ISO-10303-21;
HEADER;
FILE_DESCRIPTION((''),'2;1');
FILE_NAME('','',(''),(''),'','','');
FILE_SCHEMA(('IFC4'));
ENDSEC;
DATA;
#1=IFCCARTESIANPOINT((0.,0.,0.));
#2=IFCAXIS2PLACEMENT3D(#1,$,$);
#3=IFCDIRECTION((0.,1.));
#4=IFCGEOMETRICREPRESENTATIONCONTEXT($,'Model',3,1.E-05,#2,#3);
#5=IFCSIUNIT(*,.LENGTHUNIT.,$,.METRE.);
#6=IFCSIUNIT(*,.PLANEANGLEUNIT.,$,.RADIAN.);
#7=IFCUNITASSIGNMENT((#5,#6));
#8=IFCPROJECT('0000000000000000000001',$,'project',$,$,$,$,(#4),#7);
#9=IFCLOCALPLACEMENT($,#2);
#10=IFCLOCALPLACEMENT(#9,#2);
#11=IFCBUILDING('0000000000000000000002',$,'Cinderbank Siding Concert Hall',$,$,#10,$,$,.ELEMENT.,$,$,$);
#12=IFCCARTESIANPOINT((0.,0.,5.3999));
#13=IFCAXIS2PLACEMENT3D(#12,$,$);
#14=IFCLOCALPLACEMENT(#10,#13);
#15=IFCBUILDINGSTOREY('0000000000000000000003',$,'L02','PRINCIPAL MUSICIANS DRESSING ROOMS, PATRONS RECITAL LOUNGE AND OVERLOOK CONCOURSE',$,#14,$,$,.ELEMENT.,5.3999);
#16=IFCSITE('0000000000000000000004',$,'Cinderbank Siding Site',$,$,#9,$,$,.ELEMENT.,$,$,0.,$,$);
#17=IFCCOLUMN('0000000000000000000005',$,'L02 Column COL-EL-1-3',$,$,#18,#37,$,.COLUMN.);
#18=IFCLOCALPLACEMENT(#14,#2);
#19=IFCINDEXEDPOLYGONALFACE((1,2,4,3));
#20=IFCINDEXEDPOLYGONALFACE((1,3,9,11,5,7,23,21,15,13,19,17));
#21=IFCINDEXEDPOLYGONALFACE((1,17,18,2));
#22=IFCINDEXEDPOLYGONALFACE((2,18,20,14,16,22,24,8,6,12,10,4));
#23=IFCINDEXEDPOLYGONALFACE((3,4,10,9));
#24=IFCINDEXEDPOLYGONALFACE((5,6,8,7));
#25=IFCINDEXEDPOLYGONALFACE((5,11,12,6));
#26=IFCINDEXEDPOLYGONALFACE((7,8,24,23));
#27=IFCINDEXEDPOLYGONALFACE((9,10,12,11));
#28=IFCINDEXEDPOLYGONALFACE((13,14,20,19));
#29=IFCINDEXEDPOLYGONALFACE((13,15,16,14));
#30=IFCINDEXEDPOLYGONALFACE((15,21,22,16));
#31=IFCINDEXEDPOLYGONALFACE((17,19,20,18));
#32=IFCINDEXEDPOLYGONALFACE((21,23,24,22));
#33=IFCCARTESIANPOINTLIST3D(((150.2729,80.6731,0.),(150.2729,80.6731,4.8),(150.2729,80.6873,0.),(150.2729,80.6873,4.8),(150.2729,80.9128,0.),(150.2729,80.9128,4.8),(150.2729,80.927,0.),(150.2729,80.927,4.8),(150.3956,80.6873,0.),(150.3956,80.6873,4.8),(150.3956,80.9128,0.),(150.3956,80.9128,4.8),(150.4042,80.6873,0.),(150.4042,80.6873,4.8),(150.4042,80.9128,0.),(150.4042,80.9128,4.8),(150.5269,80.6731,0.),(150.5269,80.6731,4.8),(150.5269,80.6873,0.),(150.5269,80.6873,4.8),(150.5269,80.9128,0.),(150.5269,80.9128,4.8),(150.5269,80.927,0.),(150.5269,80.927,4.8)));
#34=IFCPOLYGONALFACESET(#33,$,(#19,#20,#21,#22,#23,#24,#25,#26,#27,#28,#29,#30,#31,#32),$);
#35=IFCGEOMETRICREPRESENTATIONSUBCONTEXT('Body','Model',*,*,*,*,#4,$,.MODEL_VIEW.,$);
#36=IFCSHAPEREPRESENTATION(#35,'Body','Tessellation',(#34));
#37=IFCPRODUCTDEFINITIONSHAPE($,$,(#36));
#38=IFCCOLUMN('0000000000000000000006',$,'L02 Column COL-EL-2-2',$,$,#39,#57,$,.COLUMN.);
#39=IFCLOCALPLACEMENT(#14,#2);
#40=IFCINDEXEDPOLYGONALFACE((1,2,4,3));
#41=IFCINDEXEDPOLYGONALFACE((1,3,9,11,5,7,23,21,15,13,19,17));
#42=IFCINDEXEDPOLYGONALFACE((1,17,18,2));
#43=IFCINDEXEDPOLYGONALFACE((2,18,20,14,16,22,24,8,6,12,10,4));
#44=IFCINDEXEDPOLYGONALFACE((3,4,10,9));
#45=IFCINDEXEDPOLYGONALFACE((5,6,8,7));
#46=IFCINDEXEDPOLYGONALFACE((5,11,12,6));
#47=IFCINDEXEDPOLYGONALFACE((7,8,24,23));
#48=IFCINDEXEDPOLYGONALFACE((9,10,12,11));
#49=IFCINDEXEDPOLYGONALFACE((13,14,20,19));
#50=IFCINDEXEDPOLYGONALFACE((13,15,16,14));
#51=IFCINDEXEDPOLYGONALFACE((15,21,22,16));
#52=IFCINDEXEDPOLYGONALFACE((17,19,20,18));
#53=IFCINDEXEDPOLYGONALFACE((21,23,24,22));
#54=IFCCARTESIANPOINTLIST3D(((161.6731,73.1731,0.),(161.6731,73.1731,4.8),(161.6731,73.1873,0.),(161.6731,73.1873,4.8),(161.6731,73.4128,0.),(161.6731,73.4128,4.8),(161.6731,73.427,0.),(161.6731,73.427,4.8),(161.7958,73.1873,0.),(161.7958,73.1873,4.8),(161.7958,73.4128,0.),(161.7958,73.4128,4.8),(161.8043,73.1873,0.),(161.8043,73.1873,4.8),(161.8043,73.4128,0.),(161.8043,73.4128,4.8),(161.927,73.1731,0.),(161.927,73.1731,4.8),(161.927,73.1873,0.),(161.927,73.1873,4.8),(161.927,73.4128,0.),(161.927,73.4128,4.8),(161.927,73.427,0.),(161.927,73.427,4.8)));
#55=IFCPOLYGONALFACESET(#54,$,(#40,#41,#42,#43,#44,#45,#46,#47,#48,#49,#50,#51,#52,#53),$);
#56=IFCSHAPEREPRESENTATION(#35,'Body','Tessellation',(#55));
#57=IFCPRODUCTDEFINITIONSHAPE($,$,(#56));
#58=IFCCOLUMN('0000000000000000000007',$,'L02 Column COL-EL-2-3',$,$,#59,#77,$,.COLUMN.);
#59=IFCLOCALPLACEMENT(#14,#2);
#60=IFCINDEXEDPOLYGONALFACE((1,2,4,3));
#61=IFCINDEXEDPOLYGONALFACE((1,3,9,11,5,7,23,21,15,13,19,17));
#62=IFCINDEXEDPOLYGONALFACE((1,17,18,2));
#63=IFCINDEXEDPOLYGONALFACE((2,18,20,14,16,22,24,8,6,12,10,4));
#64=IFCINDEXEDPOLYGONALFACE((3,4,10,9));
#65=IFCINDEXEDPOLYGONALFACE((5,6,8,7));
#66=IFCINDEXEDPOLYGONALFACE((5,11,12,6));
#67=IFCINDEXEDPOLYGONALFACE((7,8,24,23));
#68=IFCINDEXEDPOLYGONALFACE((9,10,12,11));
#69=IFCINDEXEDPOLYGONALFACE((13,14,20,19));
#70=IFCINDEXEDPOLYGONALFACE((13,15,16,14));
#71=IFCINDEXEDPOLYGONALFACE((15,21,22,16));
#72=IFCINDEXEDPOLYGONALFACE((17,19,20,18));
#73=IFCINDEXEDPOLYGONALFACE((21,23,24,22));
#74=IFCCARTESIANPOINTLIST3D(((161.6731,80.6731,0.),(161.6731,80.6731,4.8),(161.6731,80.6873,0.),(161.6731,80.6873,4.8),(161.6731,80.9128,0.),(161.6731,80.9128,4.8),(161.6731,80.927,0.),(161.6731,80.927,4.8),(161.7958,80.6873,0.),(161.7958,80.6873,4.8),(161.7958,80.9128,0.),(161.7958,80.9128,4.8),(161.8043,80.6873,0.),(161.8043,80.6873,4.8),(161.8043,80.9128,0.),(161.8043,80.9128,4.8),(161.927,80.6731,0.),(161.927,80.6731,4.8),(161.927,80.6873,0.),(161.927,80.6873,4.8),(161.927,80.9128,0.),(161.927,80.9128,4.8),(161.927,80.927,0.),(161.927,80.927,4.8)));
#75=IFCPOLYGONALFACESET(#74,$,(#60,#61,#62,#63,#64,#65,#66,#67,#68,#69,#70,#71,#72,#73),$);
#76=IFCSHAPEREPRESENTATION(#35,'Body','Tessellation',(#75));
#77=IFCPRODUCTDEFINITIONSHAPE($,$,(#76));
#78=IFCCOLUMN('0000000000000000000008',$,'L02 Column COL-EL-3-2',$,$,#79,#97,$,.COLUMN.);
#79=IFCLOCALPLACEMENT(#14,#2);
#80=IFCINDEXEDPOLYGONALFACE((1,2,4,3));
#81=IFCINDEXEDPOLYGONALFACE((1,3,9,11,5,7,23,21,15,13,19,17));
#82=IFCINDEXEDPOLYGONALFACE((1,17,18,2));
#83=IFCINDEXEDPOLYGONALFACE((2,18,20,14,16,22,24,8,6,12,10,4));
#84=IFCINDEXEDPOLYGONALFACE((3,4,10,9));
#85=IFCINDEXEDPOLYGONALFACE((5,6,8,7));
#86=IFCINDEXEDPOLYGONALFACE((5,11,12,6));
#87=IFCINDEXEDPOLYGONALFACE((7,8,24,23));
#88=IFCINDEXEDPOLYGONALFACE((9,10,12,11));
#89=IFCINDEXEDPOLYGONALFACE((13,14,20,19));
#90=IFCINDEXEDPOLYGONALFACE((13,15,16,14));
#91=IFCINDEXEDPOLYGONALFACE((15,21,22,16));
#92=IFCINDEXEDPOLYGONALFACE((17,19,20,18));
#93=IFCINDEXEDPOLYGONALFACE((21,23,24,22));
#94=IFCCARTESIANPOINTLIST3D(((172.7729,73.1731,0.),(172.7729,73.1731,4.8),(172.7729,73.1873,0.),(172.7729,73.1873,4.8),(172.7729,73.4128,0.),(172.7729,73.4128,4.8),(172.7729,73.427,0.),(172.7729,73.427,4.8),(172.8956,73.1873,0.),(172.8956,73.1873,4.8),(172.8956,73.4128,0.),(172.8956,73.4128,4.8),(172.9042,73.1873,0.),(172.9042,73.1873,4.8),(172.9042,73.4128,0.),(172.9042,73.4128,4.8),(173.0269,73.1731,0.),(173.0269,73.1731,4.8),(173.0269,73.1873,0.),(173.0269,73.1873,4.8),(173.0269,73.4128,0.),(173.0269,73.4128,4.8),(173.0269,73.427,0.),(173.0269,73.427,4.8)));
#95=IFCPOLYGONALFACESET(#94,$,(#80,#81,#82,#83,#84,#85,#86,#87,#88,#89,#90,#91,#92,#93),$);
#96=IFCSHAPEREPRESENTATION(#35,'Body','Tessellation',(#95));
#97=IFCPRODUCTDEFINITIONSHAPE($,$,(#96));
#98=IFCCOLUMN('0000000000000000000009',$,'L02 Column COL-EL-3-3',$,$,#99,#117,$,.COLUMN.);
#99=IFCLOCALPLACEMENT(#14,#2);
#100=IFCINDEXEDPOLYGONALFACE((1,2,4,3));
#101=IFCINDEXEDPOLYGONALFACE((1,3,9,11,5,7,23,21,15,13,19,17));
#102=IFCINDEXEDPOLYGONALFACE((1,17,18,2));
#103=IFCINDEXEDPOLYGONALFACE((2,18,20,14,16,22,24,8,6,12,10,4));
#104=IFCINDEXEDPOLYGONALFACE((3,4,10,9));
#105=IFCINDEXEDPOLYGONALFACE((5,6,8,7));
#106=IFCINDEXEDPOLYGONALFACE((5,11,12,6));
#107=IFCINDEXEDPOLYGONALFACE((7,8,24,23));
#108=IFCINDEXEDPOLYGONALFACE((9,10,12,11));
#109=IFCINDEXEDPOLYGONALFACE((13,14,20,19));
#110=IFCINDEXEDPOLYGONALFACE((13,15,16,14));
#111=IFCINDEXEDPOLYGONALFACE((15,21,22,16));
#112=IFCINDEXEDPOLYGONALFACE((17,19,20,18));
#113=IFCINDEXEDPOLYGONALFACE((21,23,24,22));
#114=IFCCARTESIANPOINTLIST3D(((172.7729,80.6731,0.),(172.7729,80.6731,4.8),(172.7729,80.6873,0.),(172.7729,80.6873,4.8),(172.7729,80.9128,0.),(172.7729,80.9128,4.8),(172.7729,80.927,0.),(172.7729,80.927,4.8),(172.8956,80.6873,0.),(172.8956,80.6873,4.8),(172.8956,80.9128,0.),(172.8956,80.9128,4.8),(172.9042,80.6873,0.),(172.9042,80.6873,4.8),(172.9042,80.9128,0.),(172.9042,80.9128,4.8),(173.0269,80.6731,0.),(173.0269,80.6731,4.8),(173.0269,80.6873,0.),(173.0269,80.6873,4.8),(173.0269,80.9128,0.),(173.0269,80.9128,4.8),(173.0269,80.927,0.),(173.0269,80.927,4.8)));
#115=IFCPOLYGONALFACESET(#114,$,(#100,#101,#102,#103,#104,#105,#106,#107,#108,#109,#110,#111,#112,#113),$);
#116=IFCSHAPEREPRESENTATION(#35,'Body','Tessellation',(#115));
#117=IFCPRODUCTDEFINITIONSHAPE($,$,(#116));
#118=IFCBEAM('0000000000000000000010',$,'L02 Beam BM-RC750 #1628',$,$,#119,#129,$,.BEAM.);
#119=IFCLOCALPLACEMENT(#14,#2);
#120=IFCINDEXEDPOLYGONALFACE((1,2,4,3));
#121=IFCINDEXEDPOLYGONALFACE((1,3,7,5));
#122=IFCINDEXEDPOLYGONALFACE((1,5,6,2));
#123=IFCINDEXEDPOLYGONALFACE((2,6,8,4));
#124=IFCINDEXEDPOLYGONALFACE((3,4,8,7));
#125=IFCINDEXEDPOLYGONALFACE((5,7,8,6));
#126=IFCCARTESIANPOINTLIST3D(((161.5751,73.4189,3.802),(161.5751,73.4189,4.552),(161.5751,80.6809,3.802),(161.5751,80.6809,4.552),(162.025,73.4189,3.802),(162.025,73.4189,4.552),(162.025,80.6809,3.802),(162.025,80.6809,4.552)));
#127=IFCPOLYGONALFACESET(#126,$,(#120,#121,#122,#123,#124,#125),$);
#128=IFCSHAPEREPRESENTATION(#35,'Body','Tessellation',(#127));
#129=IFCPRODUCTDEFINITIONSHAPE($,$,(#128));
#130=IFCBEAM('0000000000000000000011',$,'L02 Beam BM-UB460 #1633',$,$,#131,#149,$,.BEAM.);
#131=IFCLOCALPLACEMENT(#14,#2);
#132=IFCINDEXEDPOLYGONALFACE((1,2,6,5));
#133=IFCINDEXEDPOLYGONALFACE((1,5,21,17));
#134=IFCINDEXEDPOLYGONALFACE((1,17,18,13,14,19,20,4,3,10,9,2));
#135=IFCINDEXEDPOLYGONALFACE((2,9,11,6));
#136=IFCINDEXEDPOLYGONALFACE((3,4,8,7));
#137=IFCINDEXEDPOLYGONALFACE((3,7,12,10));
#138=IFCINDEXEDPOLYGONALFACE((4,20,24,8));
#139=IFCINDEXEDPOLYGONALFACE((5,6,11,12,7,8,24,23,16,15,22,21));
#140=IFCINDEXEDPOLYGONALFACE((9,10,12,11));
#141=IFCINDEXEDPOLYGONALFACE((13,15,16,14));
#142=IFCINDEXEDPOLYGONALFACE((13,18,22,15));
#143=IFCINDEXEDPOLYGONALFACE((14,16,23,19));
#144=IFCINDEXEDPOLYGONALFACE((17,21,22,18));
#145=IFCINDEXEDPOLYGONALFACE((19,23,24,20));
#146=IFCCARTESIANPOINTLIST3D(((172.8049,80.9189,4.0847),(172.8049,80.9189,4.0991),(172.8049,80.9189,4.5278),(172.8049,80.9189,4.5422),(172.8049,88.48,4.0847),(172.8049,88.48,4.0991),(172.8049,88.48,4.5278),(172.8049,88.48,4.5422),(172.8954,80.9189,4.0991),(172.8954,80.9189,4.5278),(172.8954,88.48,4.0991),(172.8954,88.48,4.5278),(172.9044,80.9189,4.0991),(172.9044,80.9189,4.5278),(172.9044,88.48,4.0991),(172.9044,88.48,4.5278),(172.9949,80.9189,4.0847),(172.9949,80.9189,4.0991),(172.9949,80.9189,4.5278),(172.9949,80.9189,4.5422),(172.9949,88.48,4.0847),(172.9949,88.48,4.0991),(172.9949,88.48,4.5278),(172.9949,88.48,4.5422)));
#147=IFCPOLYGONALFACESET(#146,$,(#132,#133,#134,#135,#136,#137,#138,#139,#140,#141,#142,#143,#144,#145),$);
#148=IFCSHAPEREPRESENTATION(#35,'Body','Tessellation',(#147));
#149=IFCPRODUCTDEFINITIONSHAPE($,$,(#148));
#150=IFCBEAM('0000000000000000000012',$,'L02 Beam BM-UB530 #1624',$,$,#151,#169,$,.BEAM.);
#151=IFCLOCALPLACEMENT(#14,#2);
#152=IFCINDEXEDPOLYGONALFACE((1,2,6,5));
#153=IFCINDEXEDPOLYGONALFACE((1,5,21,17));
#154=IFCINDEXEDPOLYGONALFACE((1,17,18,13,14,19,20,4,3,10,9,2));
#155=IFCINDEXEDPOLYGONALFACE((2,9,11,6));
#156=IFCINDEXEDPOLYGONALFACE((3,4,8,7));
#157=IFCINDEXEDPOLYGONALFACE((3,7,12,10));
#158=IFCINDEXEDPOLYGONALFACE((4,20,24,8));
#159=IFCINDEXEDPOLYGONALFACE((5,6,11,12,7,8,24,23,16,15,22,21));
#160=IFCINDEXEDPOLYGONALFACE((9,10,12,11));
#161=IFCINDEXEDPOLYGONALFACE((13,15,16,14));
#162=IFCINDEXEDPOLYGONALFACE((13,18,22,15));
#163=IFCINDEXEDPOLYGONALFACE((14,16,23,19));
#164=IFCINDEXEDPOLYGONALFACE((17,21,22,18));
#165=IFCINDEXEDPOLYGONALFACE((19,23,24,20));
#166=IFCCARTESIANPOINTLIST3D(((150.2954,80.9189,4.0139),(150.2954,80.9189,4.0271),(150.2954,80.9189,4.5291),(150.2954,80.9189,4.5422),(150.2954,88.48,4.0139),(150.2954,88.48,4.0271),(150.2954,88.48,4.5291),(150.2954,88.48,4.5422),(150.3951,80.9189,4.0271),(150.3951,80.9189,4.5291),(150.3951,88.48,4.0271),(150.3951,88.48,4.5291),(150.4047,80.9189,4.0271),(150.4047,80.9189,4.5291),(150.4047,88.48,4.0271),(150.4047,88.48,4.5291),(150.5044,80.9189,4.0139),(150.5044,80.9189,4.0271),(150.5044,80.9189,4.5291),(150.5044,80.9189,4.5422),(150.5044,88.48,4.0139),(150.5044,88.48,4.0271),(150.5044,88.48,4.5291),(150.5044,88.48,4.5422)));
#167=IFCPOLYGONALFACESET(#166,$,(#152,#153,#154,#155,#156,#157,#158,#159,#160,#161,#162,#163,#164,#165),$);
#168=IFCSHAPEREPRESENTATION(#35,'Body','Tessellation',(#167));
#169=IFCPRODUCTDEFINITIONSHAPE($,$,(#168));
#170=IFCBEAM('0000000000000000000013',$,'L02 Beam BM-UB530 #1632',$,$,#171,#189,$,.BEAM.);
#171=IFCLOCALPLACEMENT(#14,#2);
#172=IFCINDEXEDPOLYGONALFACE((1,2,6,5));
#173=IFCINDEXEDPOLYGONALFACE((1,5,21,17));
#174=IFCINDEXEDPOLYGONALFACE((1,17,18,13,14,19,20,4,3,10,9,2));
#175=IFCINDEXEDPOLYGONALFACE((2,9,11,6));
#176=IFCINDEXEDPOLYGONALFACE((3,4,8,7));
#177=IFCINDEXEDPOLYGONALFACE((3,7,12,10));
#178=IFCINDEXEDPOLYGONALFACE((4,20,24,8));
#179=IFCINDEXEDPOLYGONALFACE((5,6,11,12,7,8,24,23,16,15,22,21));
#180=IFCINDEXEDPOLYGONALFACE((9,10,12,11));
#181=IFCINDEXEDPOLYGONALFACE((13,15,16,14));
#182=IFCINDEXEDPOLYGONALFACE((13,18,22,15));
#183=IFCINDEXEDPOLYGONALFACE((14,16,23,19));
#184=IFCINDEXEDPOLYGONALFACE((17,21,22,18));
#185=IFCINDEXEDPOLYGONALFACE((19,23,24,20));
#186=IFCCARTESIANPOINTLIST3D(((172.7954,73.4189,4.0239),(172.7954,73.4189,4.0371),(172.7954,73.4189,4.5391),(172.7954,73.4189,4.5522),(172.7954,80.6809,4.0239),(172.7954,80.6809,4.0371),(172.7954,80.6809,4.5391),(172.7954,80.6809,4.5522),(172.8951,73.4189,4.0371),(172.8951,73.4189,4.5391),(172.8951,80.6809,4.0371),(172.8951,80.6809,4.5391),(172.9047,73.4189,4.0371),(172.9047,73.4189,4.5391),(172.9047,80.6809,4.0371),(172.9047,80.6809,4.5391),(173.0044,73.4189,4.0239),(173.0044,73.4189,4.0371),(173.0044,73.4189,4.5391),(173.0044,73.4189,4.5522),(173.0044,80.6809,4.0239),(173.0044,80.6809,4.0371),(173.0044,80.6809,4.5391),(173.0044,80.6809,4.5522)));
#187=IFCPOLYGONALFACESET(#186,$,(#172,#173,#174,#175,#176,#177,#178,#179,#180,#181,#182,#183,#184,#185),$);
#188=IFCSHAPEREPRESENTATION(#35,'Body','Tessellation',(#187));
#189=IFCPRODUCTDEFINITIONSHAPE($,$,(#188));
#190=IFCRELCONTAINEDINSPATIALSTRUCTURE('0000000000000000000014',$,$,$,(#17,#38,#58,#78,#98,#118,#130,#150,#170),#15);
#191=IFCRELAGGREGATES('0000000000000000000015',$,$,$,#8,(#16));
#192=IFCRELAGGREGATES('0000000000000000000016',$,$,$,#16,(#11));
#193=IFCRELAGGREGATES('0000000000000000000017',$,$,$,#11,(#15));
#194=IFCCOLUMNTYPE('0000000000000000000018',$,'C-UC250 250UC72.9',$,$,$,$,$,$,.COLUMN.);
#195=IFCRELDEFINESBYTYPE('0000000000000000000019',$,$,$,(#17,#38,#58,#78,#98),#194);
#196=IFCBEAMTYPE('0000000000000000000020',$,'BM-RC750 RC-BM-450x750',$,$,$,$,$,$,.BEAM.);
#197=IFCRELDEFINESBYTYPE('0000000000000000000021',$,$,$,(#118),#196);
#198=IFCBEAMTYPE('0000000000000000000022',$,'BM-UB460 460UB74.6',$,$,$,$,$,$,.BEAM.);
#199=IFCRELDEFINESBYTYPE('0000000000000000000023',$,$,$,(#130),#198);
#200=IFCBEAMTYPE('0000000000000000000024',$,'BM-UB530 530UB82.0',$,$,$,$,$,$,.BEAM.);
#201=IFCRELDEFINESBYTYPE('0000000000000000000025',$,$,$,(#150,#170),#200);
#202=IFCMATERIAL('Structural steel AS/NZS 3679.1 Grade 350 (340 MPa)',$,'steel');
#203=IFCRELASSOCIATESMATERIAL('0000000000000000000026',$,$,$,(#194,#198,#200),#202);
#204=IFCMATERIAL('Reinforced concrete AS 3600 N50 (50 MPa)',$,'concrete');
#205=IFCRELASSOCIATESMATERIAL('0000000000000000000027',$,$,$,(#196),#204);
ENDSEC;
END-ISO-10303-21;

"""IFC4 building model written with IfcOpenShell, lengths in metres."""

from ifc_helpers import new_model, si_unit, direction, frame, origin, origin_2d, place, context, subcontext, project, spatial, rectangle, i_section, extrude, material, material_profile, profile_set, type_object, element, save


model = new_model("IFC4")

# Units and contexts
model_context = context("Model", 3, precision=1e-05, world=origin(), true_north=direction((0.0, 1.0)))
body_context = subcontext(model_context, "Body", "Model", "MODEL_VIEW")
ifc_project = project(units=[si_unit("LENGTHUNIT", "METRE"), si_unit("PLANEANGLEUNIT", "RADIAN")], contexts=[model_context])

# Site, building, storey
site_placement = place(None, origin())
site = spatial("IfcSite", under=ifc_project, at=site_placement, Name="Cinderbank Siding Site", CompositionType="ELEMENT", RefElevation=0.0)
building_placement = place(site_placement, origin())
building = spatial("IfcBuilding", under=site, at=building_placement, Name="Cinderbank Siding Concert Hall", CompositionType="ELEMENT")
storey_placement = place(building_placement, frame((0.0, 0.0, 5.3999)))
storey = spatial("IfcBuildingStorey", under=building, at=storey_placement, Name="L02", Description="PRINCIPAL MUSICIANS DRESSING ROOMS, PATRONS RECITAL LOUNGE AND OVERLOOK CONCOURSE", CompositionType="ELEMENT", Elevation=5.3999)

# Columns
ifc_material_1 = material(Name="Structural steel AS/NZS 3679.1 Grade 350 (340 MPa)", Category="steel")
ifc_material_profile_1 = material_profile(ifc_material_1, i_section(OverallWidth=0.2539, OverallDepth=0.2539, WebThickness=0.0085, FlangeThickness=0.0142, at=origin_2d()), Name="250UC72.9", Category="LoadBearing")
ifc_profile_set_1 = profile_set([ifc_material_profile_1], Name="Structural steel AS/NZS 3679.1 Grade 350 (340 MPa)")
column_type = type_object("IfcColumnType", Name="C-UC250 250UC72.9", PredefinedType="COLUMN", material=ifc_profile_set_1)
for number, where, z_axis, x_axis, name in (
    (1, (150.3999, 80.8, 0.0), (0.0, 0.0, 1.0), (1.0, 0.0, 0.0), "L02 Column COL-EL-1-3"),
    (2, (161.8, 73.3, 0.0), (0.0, 0.0, 1.0), (1.0, 0.0, 0.0), "L02 Column COL-EL-2-2"),
    (3, (161.8, 80.8, 0.0), (0.0, 0.0, 1.0), (1.0, 0.0, 0.0), "L02 Column COL-EL-2-3"),
    (4, (172.8999, 73.3, 0.0), (0.0, 0.0, 1.0), (1.0, 0.0, 0.0), "L02 Column COL-EL-3-2"),
    (5, (172.8999, 80.8, 0.0), (0.0, 0.0, 1.0), (1.0, 0.0, 0.0), "L02 Column COL-EL-3-3"),
):
    element("IfcColumn", number, at=place(storey_placement, frame(where, z_axis=z_axis, x_axis=x_axis)), inside=storey, type_object=column_type, Name=name, PredefinedType="COLUMN", context=body_context, shape_type="SweptSolid", body=[
        extrude(i_section(OverallWidth=0.2539, OverallDepth=0.2539, WebThickness=0.0085, FlangeThickness=0.0142, at=origin_2d()), origin(), (0.0, 0.0, 1.0), 4.8),
    ])

# Beams
ifc_material_2 = material(Name="Reinforced concrete AS 3600 N50 (50 MPa)", Category="concrete")
ifc_material_profile_2 = material_profile(ifc_material_2, rectangle(XDim=0.45, YDim=0.75, at=origin_2d()), Name="RC-BM-450x750", Category="LoadBearing")
ifc_profile_set_2 = profile_set([ifc_material_profile_2], Name="Reinforced concrete AS 3600 N50 (50 MPa)")
beam_type_1 = type_object("IfcBeamType", Name="BM-RC750 RC-BM-450x750", PredefinedType="BEAM", material=ifc_profile_set_2)
beam_1_placement = place(storey_placement, frame((161.8, 73.4189, 4.177), z_axis=(0.0, 1.0, 0.0), x_axis=(-1.0, 0.0, 0.0)))
element("IfcBeam", 6, at=beam_1_placement, inside=storey, type_object=beam_type_1, Name="L02 Beam BM-RC750 #1628", PredefinedType="BEAM", context=body_context, shape_type="SweptSolid", body=[
    extrude(rectangle(XDim=0.45, YDim=0.75, at=origin_2d()), origin(), (0.0, 0.0, 1.0), 7.262),
])
ifc_material_profile_3 = material_profile(ifc_material_1, i_section(OverallWidth=0.1899, OverallDepth=0.4575, WebThickness=0.009, FlangeThickness=0.0144, at=origin_2d()), Name="460UB74.6", Category="LoadBearing")
ifc_profile_set_3 = profile_set([ifc_material_profile_3], Name="Structural steel AS/NZS 3679.1 Grade 350 (340 MPa)")
beam_type_2 = type_object("IfcBeamType", Name="BM-UB460 460UB74.6", PredefinedType="BEAM", material=ifc_profile_set_3)
beam_2_placement = place(storey_placement, frame((172.8999, 80.9189, 4.3135), z_axis=(0.0, 1.0, 0.0), x_axis=(-1.0, 0.0, 0.0)))
element("IfcBeam", 7, at=beam_2_placement, inside=storey, type_object=beam_type_2, Name="L02 Beam BM-UB460 #1633", PredefinedType="BEAM", context=body_context, shape_type="SweptSolid", body=[
    extrude(i_section(OverallWidth=0.1899, OverallDepth=0.4575, WebThickness=0.009, FlangeThickness=0.0144, at=origin_2d()), origin(), (0.0, 0.0, 1.0), 7.561),
])
ifc_material_profile_4 = material_profile(ifc_material_1, i_section(OverallWidth=0.209, OverallDepth=0.5283, WebThickness=0.0095, FlangeThickness=0.0132, at=origin_2d()), Name="530UB82.0", Category="LoadBearing")
ifc_profile_set_4 = profile_set([ifc_material_profile_4], Name="Structural steel AS/NZS 3679.1 Grade 350 (340 MPa)")
beam_type_3 = type_object("IfcBeamType", Name="BM-UB530 530UB82.0", PredefinedType="BEAM", material=ifc_profile_set_4)
beam_3_placement = place(storey_placement, frame((150.3999, 80.9189, 4.2781), z_axis=(0.0, 1.0, 0.0), x_axis=(-1.0, 0.0, 0.0)))
element("IfcBeam", 8, at=beam_3_placement, inside=storey, type_object=beam_type_3, Name="L02 Beam BM-UB530 #1624", PredefinedType="BEAM", context=body_context, shape_type="SweptSolid", body=[
    extrude(i_section(OverallWidth=0.209, OverallDepth=0.5283, WebThickness=0.0095, FlangeThickness=0.0132, at=origin_2d()), origin(), (0.0, 0.0, 1.0), 7.561),
])
beam_4_placement = place(storey_placement, frame((172.8999, 73.4189, 4.2881), z_axis=(0.0, 1.0, 0.0), x_axis=(-1.0, 0.0, 0.0)))
element("IfcBeam", 9, at=beam_4_placement, inside=storey, type_object=beam_type_3, Name="L02 Beam BM-UB530 #1632", PredefinedType="BEAM", context=body_context, shape_type="SweptSolid", body=[
    extrude(i_section(OverallWidth=0.209, OverallDepth=0.5283, WebThickness=0.0095, FlangeThickness=0.0132, at=origin_2d()), origin(), (0.0, 0.0, 1.0), 7.262),
])

save(model, "model.ifc")
